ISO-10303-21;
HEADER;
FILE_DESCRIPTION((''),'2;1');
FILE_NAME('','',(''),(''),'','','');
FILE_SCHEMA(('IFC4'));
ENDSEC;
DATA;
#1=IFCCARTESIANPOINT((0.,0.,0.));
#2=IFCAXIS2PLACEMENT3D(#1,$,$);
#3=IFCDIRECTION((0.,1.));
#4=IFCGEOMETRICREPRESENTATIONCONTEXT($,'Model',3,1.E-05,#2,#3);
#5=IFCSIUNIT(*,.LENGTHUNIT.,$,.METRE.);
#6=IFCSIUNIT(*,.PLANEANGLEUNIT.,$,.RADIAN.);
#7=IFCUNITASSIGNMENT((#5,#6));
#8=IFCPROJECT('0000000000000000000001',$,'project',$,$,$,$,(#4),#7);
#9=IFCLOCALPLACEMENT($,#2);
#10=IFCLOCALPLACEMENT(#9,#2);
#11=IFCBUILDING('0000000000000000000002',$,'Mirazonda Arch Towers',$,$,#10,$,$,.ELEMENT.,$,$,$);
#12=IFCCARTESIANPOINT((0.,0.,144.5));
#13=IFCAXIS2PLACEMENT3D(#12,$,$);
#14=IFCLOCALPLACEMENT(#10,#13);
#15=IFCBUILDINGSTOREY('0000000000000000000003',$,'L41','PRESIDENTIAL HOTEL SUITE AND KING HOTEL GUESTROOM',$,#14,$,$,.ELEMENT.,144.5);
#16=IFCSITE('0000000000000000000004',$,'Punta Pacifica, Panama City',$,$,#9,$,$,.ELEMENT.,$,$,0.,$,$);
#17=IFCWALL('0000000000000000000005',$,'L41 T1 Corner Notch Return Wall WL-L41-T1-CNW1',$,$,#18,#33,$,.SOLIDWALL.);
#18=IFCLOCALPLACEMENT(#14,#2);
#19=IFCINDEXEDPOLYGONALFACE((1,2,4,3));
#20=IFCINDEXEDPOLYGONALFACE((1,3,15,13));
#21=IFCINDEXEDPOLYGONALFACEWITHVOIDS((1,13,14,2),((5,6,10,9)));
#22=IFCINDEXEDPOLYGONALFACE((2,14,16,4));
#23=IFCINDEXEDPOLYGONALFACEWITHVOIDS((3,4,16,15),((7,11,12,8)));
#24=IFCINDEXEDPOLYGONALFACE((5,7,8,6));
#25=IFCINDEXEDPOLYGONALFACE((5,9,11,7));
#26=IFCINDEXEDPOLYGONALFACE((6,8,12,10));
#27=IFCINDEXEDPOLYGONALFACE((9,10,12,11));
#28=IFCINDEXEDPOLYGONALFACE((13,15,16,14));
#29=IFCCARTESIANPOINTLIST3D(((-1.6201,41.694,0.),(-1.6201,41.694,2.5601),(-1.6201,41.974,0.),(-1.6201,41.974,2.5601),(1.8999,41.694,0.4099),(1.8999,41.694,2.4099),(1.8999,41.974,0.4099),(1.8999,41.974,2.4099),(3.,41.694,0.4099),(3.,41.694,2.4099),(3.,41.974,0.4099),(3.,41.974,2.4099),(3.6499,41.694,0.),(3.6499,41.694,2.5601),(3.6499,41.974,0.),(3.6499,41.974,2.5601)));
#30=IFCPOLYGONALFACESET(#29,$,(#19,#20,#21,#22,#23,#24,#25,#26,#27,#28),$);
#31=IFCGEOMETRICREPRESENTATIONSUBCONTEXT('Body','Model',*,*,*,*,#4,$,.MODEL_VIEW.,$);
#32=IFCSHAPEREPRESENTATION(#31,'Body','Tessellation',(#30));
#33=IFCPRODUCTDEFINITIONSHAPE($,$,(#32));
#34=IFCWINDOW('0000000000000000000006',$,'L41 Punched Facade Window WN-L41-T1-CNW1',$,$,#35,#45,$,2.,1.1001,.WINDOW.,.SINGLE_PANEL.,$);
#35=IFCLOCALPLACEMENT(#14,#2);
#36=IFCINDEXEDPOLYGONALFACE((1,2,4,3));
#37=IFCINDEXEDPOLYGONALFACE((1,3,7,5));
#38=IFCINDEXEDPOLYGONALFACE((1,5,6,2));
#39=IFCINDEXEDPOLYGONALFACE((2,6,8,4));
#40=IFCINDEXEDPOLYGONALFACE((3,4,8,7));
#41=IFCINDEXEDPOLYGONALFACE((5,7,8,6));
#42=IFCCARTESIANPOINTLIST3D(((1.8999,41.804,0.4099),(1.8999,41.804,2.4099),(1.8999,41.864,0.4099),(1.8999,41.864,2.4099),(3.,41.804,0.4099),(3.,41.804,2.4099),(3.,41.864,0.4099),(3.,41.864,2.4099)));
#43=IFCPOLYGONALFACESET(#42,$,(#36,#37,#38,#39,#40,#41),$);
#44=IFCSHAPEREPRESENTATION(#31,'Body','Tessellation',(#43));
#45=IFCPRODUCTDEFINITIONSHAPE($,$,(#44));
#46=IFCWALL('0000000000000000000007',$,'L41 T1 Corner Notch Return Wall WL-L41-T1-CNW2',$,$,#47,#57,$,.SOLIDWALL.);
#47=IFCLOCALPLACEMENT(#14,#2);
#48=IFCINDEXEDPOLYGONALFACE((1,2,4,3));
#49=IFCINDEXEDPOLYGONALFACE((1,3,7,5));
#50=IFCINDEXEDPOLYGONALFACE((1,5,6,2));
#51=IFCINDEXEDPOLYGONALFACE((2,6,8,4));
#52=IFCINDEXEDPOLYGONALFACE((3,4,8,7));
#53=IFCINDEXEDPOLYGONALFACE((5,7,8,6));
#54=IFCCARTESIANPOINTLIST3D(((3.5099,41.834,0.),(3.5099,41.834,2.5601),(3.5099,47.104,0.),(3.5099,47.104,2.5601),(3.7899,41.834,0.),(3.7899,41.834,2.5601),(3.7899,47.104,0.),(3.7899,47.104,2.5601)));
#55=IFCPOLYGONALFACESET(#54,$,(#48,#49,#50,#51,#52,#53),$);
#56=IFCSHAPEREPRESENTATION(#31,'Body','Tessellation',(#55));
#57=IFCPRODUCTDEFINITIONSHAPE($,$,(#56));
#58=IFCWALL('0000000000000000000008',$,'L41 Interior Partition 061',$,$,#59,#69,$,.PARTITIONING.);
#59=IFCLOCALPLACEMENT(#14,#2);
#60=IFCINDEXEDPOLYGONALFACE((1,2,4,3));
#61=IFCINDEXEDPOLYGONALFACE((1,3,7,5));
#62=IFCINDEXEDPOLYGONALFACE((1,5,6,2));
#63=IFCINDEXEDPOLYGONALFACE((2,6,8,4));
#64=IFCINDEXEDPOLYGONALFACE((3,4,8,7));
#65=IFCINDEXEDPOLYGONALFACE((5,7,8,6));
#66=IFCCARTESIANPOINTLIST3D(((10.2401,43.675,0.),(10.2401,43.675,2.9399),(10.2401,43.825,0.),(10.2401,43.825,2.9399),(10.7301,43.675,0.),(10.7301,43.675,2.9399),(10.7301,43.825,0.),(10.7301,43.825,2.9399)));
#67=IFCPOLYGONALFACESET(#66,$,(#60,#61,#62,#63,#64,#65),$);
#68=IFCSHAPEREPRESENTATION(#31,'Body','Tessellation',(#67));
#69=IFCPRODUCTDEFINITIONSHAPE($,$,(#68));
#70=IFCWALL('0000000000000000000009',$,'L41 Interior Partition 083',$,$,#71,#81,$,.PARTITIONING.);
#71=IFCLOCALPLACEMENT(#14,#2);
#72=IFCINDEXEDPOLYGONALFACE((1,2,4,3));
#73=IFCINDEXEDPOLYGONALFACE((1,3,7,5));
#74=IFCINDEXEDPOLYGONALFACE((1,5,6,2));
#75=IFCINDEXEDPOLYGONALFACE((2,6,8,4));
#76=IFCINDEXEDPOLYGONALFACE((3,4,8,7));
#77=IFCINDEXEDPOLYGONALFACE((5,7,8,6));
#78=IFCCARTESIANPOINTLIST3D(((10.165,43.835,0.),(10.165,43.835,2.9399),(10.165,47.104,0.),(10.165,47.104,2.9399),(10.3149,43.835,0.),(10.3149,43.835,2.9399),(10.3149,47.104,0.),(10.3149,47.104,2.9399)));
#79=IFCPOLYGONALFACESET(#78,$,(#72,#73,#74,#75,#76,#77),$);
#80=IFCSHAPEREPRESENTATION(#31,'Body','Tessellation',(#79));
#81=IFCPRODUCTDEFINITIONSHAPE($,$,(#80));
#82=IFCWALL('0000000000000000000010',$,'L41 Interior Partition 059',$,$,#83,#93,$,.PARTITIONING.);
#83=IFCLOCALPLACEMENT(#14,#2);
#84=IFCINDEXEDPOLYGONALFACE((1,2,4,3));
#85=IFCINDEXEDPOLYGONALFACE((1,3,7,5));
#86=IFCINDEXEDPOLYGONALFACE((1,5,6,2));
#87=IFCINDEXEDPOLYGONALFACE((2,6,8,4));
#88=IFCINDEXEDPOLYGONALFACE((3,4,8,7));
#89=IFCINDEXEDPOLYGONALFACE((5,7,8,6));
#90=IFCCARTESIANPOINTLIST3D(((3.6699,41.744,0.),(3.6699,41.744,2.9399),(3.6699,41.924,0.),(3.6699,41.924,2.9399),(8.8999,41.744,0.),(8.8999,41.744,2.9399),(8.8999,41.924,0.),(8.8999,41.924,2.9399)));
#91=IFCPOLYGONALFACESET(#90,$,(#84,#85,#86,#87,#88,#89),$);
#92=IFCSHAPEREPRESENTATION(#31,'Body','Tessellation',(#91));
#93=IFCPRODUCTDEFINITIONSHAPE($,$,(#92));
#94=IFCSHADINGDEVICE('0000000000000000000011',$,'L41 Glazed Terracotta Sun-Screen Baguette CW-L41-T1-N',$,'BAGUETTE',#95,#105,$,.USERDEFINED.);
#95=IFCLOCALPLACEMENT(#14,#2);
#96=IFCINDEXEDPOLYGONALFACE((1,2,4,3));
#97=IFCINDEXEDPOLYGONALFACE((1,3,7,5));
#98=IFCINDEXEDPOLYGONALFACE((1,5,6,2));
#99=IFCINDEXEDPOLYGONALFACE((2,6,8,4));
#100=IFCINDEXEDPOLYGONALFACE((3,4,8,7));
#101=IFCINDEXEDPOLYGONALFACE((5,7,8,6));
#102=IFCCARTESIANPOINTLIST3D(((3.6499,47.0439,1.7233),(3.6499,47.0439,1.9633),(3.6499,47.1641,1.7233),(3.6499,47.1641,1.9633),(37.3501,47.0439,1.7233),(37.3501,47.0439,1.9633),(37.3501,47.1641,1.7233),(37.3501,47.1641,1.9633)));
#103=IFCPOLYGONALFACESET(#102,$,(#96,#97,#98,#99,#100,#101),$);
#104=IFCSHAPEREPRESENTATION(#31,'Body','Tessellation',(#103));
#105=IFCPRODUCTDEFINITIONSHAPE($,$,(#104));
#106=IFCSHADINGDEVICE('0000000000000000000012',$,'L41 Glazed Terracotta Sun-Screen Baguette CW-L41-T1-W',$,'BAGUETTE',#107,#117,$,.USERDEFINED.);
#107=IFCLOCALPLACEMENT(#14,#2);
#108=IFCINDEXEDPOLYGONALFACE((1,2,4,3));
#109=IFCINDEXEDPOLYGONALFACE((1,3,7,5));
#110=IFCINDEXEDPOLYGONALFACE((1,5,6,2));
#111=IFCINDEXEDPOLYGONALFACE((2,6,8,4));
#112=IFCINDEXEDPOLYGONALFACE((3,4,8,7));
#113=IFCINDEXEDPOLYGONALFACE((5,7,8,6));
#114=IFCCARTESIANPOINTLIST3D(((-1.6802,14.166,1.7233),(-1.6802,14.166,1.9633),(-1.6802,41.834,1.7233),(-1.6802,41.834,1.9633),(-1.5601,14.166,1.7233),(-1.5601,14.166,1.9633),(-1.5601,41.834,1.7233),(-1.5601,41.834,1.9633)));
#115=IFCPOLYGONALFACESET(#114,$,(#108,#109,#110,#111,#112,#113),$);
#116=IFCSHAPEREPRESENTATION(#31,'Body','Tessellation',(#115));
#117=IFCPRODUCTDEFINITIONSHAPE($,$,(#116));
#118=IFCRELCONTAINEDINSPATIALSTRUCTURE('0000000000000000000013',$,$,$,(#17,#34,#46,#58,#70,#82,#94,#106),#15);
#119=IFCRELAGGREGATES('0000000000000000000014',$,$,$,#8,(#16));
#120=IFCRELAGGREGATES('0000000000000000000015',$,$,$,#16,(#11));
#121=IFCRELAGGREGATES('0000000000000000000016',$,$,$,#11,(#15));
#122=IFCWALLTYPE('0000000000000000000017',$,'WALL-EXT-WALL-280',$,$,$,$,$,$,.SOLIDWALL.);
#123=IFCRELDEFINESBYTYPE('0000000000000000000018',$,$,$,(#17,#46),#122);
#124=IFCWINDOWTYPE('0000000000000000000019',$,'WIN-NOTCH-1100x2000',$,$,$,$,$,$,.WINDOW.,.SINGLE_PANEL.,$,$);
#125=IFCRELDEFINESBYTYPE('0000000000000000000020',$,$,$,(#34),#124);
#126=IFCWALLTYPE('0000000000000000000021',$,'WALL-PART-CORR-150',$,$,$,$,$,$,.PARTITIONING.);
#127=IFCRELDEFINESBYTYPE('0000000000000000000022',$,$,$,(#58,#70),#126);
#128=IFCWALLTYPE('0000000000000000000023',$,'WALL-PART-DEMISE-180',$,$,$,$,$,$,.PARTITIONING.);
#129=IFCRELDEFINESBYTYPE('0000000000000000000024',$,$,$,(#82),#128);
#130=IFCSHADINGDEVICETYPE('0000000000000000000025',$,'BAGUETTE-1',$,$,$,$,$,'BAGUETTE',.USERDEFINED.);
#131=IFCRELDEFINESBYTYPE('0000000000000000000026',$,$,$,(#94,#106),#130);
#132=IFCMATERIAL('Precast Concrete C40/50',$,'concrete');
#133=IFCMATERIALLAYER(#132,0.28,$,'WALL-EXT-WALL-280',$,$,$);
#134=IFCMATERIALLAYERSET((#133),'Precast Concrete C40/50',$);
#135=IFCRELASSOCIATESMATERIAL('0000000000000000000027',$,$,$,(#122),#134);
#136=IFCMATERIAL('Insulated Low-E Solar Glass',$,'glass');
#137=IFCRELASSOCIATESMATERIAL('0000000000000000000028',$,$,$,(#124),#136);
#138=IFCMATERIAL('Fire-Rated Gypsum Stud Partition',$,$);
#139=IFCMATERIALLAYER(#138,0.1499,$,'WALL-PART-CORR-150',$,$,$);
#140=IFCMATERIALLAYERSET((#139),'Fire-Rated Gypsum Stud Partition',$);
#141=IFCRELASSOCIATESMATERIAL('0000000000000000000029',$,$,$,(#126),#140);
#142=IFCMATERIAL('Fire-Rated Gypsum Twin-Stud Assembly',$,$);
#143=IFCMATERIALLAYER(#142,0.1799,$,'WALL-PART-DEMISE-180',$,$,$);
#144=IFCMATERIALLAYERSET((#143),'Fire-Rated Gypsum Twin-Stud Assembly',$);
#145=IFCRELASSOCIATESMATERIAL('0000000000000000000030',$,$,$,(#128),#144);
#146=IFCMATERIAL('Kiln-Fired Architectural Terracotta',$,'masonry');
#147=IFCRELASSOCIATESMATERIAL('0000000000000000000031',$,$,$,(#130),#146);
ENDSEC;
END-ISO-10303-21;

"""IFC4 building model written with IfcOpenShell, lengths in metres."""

from ifc_helpers import new_model, si_unit, direction, frame, frame_2d, origin, origin_2d, place, context, subcontext, project, spatial, rectangle, extrude, material, layer, layer_set, material_profile, profile_set, type_object, element, fill, save


model = new_model("IFC4")

# Units and contexts
model_context = context("Model", 3, precision=1e-05, world=origin(), true_north=direction((0.0, 1.0)))
body_context = subcontext(model_context, "Body", "Model", "MODEL_VIEW")
ifc_project = project(units=[si_unit("LENGTHUNIT", "METRE"), si_unit("PLANEANGLEUNIT", "RADIAN")], contexts=[model_context])

# Site, building, storey
site_placement = place(None, origin())
site = spatial("IfcSite", under=ifc_project, at=site_placement, Name="Punta Pacifica, Panama City", CompositionType="ELEMENT", RefElevation=0.0)
building_placement = place(site_placement, origin())
building = spatial("IfcBuilding", under=site, at=building_placement, Name="Mirazonda Arch Towers", CompositionType="ELEMENT")
storey_placement = place(building_placement, frame((0.0, 0.0, 144.5)))
storey = spatial("IfcBuildingStorey", under=building, at=storey_placement, Name="L41", Description="PRESIDENTIAL HOTEL SUITE AND KING HOTEL GUESTROOM", CompositionType="ELEMENT", Elevation=144.5)

# Shared definitions
ifc_material_1 = material(Name="Insulated Low-E Solar Glass", Category="glass")

# Wall, opening, window
ifc_material_2 = material(Name="Precast Concrete C40/50", Category="concrete")
ifc_layer_1 = layer(ifc_material_2, 0.28, Name="WALL-EXT-WALL-280")
ifc_layer_set_1 = layer_set([ifc_layer_1], Name="Precast Concrete C40/50")
wall_type_1 = type_object("IfcWallType", Name="WALL-EXT-WALL-280", PredefinedType="SOLIDWALL", material=ifc_layer_set_1)
wall_1_placement = place(storey_placement, frame((3.6499, 41.834, 0.0), z_axis=(0.0, 0.0, 1.0), x_axis=(-1.0, 0.0, 0.0)))
wall_1 = element("IfcWall", 1, at=wall_1_placement, inside=storey, type_object=wall_type_1, Name="L41 T1 Corner Notch Return Wall WL-L41-T1-CNW1", PredefinedType="SOLIDWALL", context=body_context, shape_type="SweptSolid", body=[
    extrude(rectangle(XDim=5.27, YDim=0.28, at=frame_2d((2.635, 0.0))), origin(), (0.0, 0.0, 1.0), 2.5601),
])
opening_1_placement = place(wall_1_placement, frame((0.6499, 0.0, 0.4099)))
opening_1 = element("IfcOpeningElement", 2, at=opening_1_placement, cuts=wall_1, PredefinedType="OPENING", context=body_context, shape_type="SweptSolid", body=[
    extrude(rectangle(XDim=1.1001, YDim=2.0, at=frame_2d((0.55, 1.0))), frame((0.0, 0.1499, 0.0), z_axis=(0.0, -1.0, 0.0), x_axis=(1.0, 0.0, 0.0)), (0.0, 0.0, 1.0), 0.3),
])
window_type = type_object("IfcWindowType", Name="WIN-NOTCH-1100x2000", PartitioningType="SINGLE_PANEL", PredefinedType="WINDOW", material=ifc_material_1)
window_placement = place(opening_1_placement, origin())
window = element("IfcWindow", 3, at=window_placement, inside=storey, type_object=window_type, Name="L41 Punched Facade Window WN-L41-T1-CNW1", OverallHeight=2.0, OverallWidth=1.1001, PartitioningType="SINGLE_PANEL", PredefinedType="WINDOW", context=body_context, shape_type="SweptSolid", body=[
    extrude(rectangle(XDim=1.1001, YDim=2.0, at=frame_2d((0.55, 1.0))), frame((0.0, 0.03, 0.0), z_axis=(0.0, -1.0, 0.0), x_axis=(1.0, 0.0, 0.0)), (0.0, 0.0, 1.0), 0.0601),
])
fill(opening_1, window)

# Walls
wall_2_placement = place(storey_placement, frame((3.6499, 47.104, 0.0), z_axis=(0.0, 0.0, 1.0), x_axis=(0.0, -1.0, 0.0)))
element("IfcWall", 4, at=wall_2_placement, inside=storey, type_object=wall_type_1, Name="L41 T1 Corner Notch Return Wall WL-L41-T1-CNW2", PredefinedType="SOLIDWALL", context=body_context, shape_type="SweptSolid", body=[
    extrude(rectangle(XDim=5.27, YDim=0.28, at=frame_2d((2.635, 0.0))), origin(), (0.0, 0.0, 1.0), 2.5601),
])
ifc_material_3 = material(Name="Fire-Rated Gypsum Stud Partition")
ifc_layer_2 = layer(ifc_material_3, 0.1499, Name="WALL-PART-CORR-150")
ifc_layer_set_2 = layer_set([ifc_layer_2], Name="Fire-Rated Gypsum Stud Partition")
wall_type_2 = type_object("IfcWallType", Name="WALL-PART-CORR-150", PredefinedType="PARTITIONING", material=ifc_layer_set_2)
wall_3_placement = place(storey_placement, frame((10.24, 43.75, 0.0), z_axis=(0.0, 0.0, 1.0), x_axis=(1.0, 0.0, 0.0)))
element("IfcWall", 5, at=wall_3_placement, inside=storey, type_object=wall_type_2, Name="L41 Interior Partition 061", PredefinedType="PARTITIONING", context=body_context, shape_type="SweptSolid", body=[
    extrude(rectangle(XDim=0.49, YDim=0.1499, at=frame_2d((0.2451, 0.0))), origin(), (0.0, 0.0, 1.0), 2.9399),
])
wall_4_placement = place(storey_placement, frame((10.24, 43.835, 0.0), z_axis=(0.0, 0.0, 1.0), x_axis=(0.0, 1.0, 0.0)))
element("IfcWall", 6, at=wall_4_placement, inside=storey, type_object=wall_type_2, Name="L41 Interior Partition 083", PredefinedType="PARTITIONING", context=body_context, shape_type="SweptSolid", body=[
    extrude(rectangle(XDim=3.269, YDim=0.1499, at=frame_2d((1.6345, 0.0))), origin(), (0.0, 0.0, 1.0), 2.9399),
])
ifc_material_4 = material(Name="Fire-Rated Gypsum Twin-Stud Assembly")
ifc_layer_3 = layer(ifc_material_4, 0.1799, Name="WALL-PART-DEMISE-180")
ifc_layer_set_3 = layer_set([ifc_layer_3], Name="Fire-Rated Gypsum Twin-Stud Assembly")
wall_type_3 = type_object("IfcWallType", Name="WALL-PART-DEMISE-180", PredefinedType="PARTITIONING", material=ifc_layer_set_3)
wall_5_placement = place(storey_placement, frame((3.6699, 41.834, 0.0), z_axis=(0.0, 0.0, 1.0), x_axis=(1.0, 0.0, 0.0)))
element("IfcWall", 7, at=wall_5_placement, inside=storey, type_object=wall_type_3, Name="L41 Interior Partition 059", PredefinedType="PARTITIONING", context=body_context, shape_type="SweptSolid", body=[
    extrude(rectangle(XDim=5.23, YDim=0.1799, at=frame_2d((2.615, 0.0))), origin(), (0.0, 0.0, 1.0), 2.9399),
])

# Shading devices
ifc_material_5 = material(Name="Kiln-Fired Architectural Terracotta", Category="masonry")
ifc_material_profile_1 = material_profile(ifc_material_5, rectangle(XDim=0.1201, YDim=0.24, at=origin_2d()), Name="TERRA-BAG-120x240")
ifc_profile_set_1 = profile_set([ifc_material_profile_1], Name="Kiln-Fired Architectural Terracotta")
shading_device_type = type_object("IfcShadingDeviceType", Name="BAGUETTE-1", ElementType="BAGUETTE", PredefinedType="USERDEFINED", material=ifc_profile_set_1)
shading_device_1_placement = place(storey_placement, frame((3.6499, 47.104, 1.8433), z_axis=(1.0, 0.0, 0.0), x_axis=(0.0, 1.0, 0.0)))
element("IfcShadingDevice", 8, at=shading_device_1_placement, inside=storey, type_object=shading_device_type, Name="L41 Glazed Terracotta Sun-Screen Baguette CW-L41-T1-N", ObjectType="BAGUETTE", PredefinedType="USERDEFINED", context=body_context, shape_type="SweptSolid", body=[
    extrude(rectangle(XDim=0.1201, YDim=0.24, at=origin_2d()), origin(), (0.0, 0.0, 1.0), 33.7002),
])
shading_device_2_placement = place(storey_placement, frame((-1.6201, 41.834, 1.8433), z_axis=(0.0, -1.0, 0.0), x_axis=(1.0, 0.0, 0.0)))
element("IfcShadingDevice", 9, at=shading_device_2_placement, inside=storey, type_object=shading_device_type, Name="L41 Glazed Terracotta Sun-Screen Baguette CW-L41-T1-W", ObjectType="BAGUETTE", PredefinedType="USERDEFINED", context=body_context, shape_type="SweptSolid", body=[
    extrude(rectangle(XDim=0.1201, YDim=0.24, at=origin_2d()), origin(), (0.0, 0.0, 1.0), 27.668),
])

save(model, "model.ifc")
